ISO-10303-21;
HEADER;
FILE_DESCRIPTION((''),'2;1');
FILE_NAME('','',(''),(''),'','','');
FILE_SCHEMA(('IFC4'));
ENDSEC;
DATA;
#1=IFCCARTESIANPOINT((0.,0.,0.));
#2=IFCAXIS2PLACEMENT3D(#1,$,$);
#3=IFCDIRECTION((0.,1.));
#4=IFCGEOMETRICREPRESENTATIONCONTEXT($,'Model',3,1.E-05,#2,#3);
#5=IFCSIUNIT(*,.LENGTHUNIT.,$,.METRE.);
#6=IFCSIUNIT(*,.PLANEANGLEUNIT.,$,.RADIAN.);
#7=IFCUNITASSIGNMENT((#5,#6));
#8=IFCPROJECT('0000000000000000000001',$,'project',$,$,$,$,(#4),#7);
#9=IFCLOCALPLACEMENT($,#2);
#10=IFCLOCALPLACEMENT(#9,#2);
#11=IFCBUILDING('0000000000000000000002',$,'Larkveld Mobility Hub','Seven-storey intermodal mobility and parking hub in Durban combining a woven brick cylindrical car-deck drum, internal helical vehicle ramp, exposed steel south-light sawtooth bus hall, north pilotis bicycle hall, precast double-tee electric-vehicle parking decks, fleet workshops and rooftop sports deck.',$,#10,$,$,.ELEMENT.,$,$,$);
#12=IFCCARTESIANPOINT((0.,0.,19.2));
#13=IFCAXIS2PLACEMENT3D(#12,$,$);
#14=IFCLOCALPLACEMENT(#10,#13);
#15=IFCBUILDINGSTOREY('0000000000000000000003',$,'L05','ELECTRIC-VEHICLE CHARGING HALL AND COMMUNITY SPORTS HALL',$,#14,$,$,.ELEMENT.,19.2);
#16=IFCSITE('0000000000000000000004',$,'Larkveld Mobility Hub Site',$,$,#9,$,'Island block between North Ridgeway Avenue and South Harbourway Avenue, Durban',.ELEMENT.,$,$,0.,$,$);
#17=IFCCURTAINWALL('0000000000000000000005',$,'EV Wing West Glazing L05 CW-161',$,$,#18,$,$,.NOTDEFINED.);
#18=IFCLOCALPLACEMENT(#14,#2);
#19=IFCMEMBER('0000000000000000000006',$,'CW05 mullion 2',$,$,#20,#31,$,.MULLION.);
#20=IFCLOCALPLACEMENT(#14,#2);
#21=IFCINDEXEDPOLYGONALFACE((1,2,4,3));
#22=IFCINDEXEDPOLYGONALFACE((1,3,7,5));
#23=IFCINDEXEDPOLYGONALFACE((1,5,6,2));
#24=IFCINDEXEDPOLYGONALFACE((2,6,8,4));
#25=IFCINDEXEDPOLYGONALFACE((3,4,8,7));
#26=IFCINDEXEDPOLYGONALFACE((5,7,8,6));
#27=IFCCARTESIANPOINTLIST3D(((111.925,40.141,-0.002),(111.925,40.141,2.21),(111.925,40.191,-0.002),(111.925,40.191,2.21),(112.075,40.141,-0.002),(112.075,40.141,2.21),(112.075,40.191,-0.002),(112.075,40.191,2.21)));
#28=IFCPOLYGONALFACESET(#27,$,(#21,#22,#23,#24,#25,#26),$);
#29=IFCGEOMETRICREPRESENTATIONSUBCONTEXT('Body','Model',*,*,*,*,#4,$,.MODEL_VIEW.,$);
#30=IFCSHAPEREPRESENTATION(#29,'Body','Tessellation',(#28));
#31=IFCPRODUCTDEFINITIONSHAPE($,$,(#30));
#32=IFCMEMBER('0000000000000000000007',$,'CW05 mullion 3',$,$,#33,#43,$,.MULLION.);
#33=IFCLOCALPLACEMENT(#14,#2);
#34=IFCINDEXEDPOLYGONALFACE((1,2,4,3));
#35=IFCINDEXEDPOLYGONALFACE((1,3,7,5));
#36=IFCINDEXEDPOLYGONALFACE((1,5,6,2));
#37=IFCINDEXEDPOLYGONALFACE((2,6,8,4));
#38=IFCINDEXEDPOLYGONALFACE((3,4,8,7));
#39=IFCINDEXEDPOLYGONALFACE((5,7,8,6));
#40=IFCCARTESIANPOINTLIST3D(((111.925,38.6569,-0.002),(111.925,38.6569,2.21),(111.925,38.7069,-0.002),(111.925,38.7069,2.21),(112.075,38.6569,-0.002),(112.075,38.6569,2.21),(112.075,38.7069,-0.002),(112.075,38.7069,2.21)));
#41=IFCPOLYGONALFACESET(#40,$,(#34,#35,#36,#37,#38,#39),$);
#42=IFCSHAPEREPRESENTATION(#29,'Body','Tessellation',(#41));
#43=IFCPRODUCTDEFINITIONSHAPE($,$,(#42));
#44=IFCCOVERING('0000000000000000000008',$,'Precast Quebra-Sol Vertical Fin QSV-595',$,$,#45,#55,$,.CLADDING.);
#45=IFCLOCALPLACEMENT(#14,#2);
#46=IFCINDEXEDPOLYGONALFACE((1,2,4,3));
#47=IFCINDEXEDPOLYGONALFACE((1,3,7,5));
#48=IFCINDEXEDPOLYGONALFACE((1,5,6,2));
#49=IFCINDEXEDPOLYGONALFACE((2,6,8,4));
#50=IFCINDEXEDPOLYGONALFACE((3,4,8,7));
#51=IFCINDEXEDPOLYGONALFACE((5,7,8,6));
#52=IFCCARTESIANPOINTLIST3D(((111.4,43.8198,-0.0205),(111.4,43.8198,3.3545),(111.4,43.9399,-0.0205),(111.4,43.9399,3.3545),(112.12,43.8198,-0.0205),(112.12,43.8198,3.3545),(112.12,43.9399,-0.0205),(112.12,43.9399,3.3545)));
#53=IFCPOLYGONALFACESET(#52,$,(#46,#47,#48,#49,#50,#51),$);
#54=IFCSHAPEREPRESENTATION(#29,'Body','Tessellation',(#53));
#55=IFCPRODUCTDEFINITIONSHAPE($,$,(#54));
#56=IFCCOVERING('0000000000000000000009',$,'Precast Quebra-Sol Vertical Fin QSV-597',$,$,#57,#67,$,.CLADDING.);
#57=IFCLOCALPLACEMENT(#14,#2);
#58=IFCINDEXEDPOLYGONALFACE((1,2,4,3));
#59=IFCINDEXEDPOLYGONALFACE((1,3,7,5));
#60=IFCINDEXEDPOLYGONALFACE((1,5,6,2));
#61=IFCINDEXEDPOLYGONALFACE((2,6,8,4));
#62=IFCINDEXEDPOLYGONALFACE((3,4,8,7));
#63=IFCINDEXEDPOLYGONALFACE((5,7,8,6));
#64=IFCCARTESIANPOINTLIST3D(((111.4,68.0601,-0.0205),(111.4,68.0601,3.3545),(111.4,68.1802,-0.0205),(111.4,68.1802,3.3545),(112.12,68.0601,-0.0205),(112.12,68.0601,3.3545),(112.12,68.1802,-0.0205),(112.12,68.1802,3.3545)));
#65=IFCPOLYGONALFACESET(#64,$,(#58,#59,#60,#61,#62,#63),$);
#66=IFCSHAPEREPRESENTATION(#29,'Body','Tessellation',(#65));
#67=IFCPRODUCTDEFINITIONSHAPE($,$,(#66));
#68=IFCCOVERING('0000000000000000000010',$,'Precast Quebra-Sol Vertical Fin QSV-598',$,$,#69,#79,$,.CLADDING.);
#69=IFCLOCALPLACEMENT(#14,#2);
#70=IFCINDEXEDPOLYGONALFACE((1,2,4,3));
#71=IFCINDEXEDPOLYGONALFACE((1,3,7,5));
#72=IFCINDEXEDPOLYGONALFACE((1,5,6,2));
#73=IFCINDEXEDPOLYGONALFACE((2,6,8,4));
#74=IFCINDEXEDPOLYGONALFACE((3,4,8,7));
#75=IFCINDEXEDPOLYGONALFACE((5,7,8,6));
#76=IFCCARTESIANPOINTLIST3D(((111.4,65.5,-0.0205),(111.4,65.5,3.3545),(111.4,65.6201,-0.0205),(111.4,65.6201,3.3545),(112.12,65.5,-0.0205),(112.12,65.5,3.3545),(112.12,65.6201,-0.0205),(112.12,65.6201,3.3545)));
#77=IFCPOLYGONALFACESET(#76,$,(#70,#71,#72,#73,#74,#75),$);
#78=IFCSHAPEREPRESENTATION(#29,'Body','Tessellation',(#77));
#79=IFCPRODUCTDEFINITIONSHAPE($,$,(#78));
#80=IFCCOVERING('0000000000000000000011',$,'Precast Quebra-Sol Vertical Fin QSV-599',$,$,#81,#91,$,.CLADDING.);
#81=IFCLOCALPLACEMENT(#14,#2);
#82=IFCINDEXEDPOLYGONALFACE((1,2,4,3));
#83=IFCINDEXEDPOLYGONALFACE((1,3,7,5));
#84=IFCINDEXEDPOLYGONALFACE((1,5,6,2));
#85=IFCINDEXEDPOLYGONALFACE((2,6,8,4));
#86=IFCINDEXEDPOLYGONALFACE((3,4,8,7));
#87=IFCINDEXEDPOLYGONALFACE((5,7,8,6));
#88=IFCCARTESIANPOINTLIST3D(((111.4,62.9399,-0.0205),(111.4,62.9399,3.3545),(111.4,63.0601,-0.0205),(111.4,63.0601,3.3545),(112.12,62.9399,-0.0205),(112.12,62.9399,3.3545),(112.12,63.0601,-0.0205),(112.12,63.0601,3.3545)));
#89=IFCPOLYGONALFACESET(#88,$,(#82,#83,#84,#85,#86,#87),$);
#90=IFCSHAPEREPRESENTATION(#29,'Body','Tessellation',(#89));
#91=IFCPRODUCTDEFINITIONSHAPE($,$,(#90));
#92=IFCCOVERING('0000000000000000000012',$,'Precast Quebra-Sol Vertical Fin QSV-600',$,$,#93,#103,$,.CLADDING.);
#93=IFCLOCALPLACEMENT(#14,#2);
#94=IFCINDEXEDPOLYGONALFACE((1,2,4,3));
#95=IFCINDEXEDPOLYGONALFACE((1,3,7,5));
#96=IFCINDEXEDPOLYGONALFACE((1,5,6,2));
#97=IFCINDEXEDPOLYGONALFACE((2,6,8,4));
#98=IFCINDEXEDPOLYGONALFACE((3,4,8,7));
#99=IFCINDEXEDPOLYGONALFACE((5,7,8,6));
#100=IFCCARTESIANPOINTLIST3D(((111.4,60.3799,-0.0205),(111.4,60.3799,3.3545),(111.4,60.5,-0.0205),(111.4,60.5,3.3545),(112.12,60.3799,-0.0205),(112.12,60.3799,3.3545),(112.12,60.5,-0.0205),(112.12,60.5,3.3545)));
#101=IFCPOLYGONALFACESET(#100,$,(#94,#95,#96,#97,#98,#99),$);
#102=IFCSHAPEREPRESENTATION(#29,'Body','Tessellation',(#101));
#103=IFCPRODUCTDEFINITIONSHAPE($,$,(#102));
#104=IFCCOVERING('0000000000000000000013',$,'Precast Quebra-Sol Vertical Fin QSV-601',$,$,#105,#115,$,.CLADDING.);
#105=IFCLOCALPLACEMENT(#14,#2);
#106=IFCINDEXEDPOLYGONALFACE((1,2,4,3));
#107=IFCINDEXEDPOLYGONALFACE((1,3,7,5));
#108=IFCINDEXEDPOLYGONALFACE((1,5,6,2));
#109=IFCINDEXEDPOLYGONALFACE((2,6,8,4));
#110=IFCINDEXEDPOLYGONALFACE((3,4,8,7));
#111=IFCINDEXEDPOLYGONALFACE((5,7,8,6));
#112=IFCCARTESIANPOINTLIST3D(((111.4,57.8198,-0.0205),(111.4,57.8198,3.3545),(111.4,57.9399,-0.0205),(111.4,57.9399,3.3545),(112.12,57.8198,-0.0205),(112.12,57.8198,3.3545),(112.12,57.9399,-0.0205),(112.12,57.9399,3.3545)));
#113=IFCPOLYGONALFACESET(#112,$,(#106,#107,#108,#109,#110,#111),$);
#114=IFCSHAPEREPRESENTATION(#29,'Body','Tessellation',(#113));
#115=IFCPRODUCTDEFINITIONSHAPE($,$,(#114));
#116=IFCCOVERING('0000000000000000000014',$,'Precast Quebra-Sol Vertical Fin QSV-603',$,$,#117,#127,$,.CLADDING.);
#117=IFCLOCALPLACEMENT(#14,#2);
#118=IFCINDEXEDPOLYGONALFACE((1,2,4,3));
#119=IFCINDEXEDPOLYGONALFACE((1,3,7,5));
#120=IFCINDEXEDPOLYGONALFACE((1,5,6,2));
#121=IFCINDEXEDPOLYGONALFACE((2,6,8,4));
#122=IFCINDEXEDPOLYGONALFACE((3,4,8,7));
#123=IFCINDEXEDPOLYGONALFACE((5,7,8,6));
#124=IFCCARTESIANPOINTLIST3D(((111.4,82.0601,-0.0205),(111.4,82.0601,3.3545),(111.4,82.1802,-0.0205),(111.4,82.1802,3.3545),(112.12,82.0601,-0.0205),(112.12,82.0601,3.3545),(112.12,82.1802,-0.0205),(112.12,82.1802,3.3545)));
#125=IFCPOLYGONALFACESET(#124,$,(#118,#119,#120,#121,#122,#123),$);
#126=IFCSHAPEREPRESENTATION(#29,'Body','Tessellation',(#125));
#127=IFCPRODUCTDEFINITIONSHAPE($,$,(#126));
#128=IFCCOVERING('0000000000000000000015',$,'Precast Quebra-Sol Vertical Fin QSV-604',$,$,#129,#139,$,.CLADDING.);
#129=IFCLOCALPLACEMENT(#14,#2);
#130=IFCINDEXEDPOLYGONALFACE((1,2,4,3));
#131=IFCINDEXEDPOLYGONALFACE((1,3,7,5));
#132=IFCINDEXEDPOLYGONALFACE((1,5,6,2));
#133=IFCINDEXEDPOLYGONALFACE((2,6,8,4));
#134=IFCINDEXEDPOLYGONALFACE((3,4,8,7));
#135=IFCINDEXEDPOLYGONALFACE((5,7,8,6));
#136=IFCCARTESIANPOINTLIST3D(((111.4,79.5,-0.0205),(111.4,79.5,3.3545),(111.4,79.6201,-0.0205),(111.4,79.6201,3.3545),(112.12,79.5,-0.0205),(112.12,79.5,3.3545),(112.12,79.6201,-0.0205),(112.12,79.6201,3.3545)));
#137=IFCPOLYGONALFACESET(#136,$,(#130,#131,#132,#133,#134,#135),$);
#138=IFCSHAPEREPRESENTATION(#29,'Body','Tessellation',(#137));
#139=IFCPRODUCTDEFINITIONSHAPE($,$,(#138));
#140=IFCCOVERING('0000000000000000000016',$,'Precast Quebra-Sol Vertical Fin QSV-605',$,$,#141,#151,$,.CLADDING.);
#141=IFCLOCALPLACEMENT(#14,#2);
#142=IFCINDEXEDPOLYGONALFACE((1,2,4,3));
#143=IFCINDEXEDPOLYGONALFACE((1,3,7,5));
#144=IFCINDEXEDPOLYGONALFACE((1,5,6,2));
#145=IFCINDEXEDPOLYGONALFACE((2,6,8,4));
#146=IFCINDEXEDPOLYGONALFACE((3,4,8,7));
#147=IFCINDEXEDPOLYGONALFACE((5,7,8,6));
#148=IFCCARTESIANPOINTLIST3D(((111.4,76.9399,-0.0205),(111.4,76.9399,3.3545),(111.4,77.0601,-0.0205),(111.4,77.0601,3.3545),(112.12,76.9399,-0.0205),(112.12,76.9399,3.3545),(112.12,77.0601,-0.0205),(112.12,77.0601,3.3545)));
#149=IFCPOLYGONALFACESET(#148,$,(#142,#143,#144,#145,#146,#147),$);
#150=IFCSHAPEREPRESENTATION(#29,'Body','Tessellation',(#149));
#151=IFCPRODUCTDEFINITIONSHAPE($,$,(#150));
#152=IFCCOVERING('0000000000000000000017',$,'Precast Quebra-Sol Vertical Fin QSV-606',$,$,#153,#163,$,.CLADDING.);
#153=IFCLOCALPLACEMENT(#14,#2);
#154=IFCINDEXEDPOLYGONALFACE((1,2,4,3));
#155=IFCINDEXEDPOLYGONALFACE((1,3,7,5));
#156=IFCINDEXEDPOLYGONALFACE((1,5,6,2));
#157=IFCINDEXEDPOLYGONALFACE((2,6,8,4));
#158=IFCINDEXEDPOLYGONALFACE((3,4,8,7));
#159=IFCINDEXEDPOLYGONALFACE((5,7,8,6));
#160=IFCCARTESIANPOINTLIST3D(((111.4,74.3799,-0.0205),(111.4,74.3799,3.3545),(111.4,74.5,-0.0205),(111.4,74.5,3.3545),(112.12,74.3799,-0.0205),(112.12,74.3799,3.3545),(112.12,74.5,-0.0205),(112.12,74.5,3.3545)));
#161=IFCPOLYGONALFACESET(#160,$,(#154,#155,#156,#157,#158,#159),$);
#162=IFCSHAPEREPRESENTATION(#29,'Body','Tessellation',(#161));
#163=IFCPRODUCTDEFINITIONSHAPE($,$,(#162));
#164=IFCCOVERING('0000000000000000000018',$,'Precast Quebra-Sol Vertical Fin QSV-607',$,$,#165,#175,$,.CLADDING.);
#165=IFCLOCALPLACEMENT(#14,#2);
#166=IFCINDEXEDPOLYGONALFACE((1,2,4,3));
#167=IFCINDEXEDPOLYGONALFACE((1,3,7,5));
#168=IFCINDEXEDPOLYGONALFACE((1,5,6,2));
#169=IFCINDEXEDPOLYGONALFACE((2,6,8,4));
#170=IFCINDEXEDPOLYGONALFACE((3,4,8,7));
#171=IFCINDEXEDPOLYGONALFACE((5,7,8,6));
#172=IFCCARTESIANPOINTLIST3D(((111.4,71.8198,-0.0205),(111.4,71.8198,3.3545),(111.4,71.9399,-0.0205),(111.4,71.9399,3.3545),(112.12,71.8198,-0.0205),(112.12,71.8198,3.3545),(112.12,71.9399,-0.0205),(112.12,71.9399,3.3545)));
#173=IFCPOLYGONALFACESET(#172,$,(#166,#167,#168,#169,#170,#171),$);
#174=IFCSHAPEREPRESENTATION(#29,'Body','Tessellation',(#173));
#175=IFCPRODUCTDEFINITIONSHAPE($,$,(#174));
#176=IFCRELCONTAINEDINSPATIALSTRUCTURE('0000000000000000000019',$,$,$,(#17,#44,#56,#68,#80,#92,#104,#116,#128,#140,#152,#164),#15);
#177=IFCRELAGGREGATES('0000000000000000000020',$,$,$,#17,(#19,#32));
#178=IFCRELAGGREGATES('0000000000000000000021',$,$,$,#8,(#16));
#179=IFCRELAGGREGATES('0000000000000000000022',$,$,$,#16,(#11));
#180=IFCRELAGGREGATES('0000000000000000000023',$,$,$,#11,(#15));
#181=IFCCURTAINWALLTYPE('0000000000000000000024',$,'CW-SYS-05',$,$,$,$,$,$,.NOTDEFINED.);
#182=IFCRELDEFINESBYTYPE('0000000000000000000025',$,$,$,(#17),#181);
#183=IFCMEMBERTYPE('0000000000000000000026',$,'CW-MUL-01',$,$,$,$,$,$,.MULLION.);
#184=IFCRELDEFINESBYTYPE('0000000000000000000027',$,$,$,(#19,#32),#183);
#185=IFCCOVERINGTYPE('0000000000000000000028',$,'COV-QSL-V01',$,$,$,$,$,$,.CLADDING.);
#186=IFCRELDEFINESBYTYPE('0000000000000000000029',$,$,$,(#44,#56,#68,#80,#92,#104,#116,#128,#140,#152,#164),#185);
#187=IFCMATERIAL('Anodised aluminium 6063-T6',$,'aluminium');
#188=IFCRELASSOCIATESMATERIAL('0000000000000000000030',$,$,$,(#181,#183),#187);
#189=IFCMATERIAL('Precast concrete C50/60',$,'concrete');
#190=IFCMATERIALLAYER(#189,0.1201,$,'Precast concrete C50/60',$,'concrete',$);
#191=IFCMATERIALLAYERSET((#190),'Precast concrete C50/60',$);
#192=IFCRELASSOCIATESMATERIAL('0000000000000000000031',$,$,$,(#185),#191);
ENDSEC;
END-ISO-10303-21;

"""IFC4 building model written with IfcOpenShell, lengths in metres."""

from ifc_helpers import new_model, si_unit, direction, frame, origin, origin_2d, place, context, subcontext, project, spatial, rectangle, extrude, material, layer, layer_set, material_profile, profile_set, type_object, element, aggregate, save


model = new_model("IFC4")

# Units and contexts
model_context = context("Model", 3, precision=1e-05, world=origin(), true_north=direction((0.0, 1.0)))
body_context = subcontext(model_context, "Body", "Model", "MODEL_VIEW")
ifc_project = project(units=[si_unit("LENGTHUNIT", "METRE"), si_unit("PLANEANGLEUNIT", "RADIAN")], contexts=[model_context])

# Site, building, storey
site_placement = place(None, origin())
site = spatial("IfcSite", under=ifc_project, at=site_placement, Name="Larkveld Mobility Hub Site", LongName="Island block between North Ridgeway Avenue and South Harbourway Avenue, Durban", CompositionType="ELEMENT", RefElevation=0.0)
building_placement = place(site_placement, origin())
building = spatial("IfcBuilding", under=site, at=building_placement, Name="Larkveld Mobility Hub", Description="Seven-storey intermodal mobility and parking hub in Durban combining a woven brick cylindrical car-deck drum, internal helical vehicle ramp, exposed steel south-light sawtooth bus hall, north pilotis bicycle hall, precast double-tee electric-vehicle parking decks, fleet workshops and rooftop sports deck.", CompositionType="ELEMENT")
storey_placement = place(building_placement, frame((0.0, 0.0, 19.2)))
storey = spatial("IfcBuildingStorey", under=building, at=storey_placement, Name="L05", Description="ELECTRIC-VEHICLE CHARGING HALL AND COMMUNITY SPORTS HALL", CompositionType="ELEMENT", Elevation=19.2)

# Shared definitions
ifc_material_1 = material(Name="Precast concrete C50/60", Category="concrete")

# Curtain wall, members
ifc_material_2 = material(Name="Anodised aluminium 6063-T6", Category="aluminium")
curtain_wall_type = type_object("IfcCurtainWallType", Name="CW-SYS-05", PredefinedType="NOTDEFINED", material=ifc_material_2)
curtain_wall_placement = place(storey_placement, origin())
curtain_wall = element("IfcCurtainWall", 1, at=curtain_wall_placement, inside=storey, type_object=curtain_wall_type, Name="EV Wing West Glazing L05 CW-161", PredefinedType="NOTDEFINED")
ifc_material_profile_1 = material_profile(ifc_material_2, rectangle(XDim=0.05, YDim=0.1499, at=origin_2d()), Name="ALU MULL 50x150")
ifc_profile_set_1 = profile_set([ifc_material_profile_1], Name="Anodised aluminium 6063-T6")
member_type = type_object("IfcMemberType", Name="CW-MUL-01", PredefinedType="MULLION", material=ifc_profile_set_1)
member_1_placement = place(storey_placement, frame((112.0, 40.166, -0.002), z_axis=(0.0, 0.0, 1.0), x_axis=(0.0, -1.0, 0.0)))
member_1 = element("IfcMember", 2, at=member_1_placement, type_object=member_type, Name="CW05 mullion 2", PredefinedType="MULLION", context=body_context, shape_type="SweptSolid", body=[
    extrude(rectangle(XDim=0.05, YDim=0.1499, at=origin_2d()), origin(), (0.0, 0.0, 1.0), 2.2119),
])
member_2_placement = place(storey_placement, frame((112.0, 38.6819, -0.002), z_axis=(0.0, 0.0, 1.0), x_axis=(0.0, -1.0, 0.0)))
member_2 = element("IfcMember", 3, at=member_2_placement, type_object=member_type, Name="CW05 mullion 3", PredefinedType="MULLION", context=body_context, shape_type="SweptSolid", body=[
    extrude(rectangle(XDim=0.05, YDim=0.1499, at=origin_2d()), origin(), (0.0, 0.0, 1.0), 2.2119),
])
aggregate(curtain_wall, [member_1, member_2])

# Coverings
ifc_layer = layer(ifc_material_1, 0.1201, Name="Precast concrete C50/60", Category="concrete")
ifc_layer_set = layer_set([ifc_layer], Name="Precast concrete C50/60")
covering_type = type_object("IfcCoveringType", Name="COV-QSL-V01", PredefinedType="CLADDING", material=ifc_layer_set)
for number, where, z_axis, x_axis, name in (
    (4, (111.76, 43.8799, -0.0205), (0.0, 0.0, 1.0), (0.0, -1.0, 0.0), "Precast Quebra-Sol Vertical Fin QSV-595"),
    (5, (111.76, 68.1201, -0.0205), (0.0, 0.0, 1.0), (0.0, -1.0, 0.0), "Precast Quebra-Sol Vertical Fin QSV-597"),
    (6, (111.76, 65.5601, -0.0205), (0.0, 0.0, 1.0), (0.0, -1.0, 0.0), "Precast Quebra-Sol Vertical Fin QSV-598"),
    (7, (111.76, 63.0, -0.0205), (0.0, 0.0, 1.0), (0.0, -1.0, 0.0), "Precast Quebra-Sol Vertical Fin QSV-599"),
    (8, (111.76, 60.4399, -0.0205), (0.0, 0.0, 1.0), (0.0, -1.0, 0.0), "Precast Quebra-Sol Vertical Fin QSV-600"),
    (9, (111.76, 57.8799, -0.0205), (0.0, 0.0, 1.0), (0.0, -1.0, 0.0), "Precast Quebra-Sol Vertical Fin QSV-601"),
    (10, (111.76, 82.1201, -0.0205), (0.0, 0.0, 1.0), (0.0, -1.0, 0.0), "Precast Quebra-Sol Vertical Fin QSV-603"),
    (11, (111.76, 79.5601, -0.0205), (0.0, 0.0, 1.0), (0.0, -1.0, 0.0), "Precast Quebra-Sol Vertical Fin QSV-604"),
    (12, (111.76, 77.0, -0.0205), (0.0, 0.0, 1.0), (0.0, -1.0, 0.0), "Precast Quebra-Sol Vertical Fin QSV-605"),
    (13, (111.76, 74.4399, -0.0205), (0.0, 0.0, 1.0), (0.0, -1.0, 0.0), "Precast Quebra-Sol Vertical Fin QSV-606"),
    (14, (111.76, 71.8799, -0.0205), (0.0, 0.0, 1.0), (0.0, -1.0, 0.0), "Precast Quebra-Sol Vertical Fin QSV-607"),
):
    element("IfcCovering", number, at=place(storey_placement, frame(where, z_axis=z_axis, x_axis=x_axis)), inside=storey, type_object=covering_type, Name=name, PredefinedType="CLADDING", context=body_context, shape_type="SweptSolid", body=[
        extrude(rectangle(XDim=0.1201, YDim=0.72, at=origin_2d()), origin(), (0.0, 0.0, 1.0), 3.375),
    ])

save(model, "model.ifc")
